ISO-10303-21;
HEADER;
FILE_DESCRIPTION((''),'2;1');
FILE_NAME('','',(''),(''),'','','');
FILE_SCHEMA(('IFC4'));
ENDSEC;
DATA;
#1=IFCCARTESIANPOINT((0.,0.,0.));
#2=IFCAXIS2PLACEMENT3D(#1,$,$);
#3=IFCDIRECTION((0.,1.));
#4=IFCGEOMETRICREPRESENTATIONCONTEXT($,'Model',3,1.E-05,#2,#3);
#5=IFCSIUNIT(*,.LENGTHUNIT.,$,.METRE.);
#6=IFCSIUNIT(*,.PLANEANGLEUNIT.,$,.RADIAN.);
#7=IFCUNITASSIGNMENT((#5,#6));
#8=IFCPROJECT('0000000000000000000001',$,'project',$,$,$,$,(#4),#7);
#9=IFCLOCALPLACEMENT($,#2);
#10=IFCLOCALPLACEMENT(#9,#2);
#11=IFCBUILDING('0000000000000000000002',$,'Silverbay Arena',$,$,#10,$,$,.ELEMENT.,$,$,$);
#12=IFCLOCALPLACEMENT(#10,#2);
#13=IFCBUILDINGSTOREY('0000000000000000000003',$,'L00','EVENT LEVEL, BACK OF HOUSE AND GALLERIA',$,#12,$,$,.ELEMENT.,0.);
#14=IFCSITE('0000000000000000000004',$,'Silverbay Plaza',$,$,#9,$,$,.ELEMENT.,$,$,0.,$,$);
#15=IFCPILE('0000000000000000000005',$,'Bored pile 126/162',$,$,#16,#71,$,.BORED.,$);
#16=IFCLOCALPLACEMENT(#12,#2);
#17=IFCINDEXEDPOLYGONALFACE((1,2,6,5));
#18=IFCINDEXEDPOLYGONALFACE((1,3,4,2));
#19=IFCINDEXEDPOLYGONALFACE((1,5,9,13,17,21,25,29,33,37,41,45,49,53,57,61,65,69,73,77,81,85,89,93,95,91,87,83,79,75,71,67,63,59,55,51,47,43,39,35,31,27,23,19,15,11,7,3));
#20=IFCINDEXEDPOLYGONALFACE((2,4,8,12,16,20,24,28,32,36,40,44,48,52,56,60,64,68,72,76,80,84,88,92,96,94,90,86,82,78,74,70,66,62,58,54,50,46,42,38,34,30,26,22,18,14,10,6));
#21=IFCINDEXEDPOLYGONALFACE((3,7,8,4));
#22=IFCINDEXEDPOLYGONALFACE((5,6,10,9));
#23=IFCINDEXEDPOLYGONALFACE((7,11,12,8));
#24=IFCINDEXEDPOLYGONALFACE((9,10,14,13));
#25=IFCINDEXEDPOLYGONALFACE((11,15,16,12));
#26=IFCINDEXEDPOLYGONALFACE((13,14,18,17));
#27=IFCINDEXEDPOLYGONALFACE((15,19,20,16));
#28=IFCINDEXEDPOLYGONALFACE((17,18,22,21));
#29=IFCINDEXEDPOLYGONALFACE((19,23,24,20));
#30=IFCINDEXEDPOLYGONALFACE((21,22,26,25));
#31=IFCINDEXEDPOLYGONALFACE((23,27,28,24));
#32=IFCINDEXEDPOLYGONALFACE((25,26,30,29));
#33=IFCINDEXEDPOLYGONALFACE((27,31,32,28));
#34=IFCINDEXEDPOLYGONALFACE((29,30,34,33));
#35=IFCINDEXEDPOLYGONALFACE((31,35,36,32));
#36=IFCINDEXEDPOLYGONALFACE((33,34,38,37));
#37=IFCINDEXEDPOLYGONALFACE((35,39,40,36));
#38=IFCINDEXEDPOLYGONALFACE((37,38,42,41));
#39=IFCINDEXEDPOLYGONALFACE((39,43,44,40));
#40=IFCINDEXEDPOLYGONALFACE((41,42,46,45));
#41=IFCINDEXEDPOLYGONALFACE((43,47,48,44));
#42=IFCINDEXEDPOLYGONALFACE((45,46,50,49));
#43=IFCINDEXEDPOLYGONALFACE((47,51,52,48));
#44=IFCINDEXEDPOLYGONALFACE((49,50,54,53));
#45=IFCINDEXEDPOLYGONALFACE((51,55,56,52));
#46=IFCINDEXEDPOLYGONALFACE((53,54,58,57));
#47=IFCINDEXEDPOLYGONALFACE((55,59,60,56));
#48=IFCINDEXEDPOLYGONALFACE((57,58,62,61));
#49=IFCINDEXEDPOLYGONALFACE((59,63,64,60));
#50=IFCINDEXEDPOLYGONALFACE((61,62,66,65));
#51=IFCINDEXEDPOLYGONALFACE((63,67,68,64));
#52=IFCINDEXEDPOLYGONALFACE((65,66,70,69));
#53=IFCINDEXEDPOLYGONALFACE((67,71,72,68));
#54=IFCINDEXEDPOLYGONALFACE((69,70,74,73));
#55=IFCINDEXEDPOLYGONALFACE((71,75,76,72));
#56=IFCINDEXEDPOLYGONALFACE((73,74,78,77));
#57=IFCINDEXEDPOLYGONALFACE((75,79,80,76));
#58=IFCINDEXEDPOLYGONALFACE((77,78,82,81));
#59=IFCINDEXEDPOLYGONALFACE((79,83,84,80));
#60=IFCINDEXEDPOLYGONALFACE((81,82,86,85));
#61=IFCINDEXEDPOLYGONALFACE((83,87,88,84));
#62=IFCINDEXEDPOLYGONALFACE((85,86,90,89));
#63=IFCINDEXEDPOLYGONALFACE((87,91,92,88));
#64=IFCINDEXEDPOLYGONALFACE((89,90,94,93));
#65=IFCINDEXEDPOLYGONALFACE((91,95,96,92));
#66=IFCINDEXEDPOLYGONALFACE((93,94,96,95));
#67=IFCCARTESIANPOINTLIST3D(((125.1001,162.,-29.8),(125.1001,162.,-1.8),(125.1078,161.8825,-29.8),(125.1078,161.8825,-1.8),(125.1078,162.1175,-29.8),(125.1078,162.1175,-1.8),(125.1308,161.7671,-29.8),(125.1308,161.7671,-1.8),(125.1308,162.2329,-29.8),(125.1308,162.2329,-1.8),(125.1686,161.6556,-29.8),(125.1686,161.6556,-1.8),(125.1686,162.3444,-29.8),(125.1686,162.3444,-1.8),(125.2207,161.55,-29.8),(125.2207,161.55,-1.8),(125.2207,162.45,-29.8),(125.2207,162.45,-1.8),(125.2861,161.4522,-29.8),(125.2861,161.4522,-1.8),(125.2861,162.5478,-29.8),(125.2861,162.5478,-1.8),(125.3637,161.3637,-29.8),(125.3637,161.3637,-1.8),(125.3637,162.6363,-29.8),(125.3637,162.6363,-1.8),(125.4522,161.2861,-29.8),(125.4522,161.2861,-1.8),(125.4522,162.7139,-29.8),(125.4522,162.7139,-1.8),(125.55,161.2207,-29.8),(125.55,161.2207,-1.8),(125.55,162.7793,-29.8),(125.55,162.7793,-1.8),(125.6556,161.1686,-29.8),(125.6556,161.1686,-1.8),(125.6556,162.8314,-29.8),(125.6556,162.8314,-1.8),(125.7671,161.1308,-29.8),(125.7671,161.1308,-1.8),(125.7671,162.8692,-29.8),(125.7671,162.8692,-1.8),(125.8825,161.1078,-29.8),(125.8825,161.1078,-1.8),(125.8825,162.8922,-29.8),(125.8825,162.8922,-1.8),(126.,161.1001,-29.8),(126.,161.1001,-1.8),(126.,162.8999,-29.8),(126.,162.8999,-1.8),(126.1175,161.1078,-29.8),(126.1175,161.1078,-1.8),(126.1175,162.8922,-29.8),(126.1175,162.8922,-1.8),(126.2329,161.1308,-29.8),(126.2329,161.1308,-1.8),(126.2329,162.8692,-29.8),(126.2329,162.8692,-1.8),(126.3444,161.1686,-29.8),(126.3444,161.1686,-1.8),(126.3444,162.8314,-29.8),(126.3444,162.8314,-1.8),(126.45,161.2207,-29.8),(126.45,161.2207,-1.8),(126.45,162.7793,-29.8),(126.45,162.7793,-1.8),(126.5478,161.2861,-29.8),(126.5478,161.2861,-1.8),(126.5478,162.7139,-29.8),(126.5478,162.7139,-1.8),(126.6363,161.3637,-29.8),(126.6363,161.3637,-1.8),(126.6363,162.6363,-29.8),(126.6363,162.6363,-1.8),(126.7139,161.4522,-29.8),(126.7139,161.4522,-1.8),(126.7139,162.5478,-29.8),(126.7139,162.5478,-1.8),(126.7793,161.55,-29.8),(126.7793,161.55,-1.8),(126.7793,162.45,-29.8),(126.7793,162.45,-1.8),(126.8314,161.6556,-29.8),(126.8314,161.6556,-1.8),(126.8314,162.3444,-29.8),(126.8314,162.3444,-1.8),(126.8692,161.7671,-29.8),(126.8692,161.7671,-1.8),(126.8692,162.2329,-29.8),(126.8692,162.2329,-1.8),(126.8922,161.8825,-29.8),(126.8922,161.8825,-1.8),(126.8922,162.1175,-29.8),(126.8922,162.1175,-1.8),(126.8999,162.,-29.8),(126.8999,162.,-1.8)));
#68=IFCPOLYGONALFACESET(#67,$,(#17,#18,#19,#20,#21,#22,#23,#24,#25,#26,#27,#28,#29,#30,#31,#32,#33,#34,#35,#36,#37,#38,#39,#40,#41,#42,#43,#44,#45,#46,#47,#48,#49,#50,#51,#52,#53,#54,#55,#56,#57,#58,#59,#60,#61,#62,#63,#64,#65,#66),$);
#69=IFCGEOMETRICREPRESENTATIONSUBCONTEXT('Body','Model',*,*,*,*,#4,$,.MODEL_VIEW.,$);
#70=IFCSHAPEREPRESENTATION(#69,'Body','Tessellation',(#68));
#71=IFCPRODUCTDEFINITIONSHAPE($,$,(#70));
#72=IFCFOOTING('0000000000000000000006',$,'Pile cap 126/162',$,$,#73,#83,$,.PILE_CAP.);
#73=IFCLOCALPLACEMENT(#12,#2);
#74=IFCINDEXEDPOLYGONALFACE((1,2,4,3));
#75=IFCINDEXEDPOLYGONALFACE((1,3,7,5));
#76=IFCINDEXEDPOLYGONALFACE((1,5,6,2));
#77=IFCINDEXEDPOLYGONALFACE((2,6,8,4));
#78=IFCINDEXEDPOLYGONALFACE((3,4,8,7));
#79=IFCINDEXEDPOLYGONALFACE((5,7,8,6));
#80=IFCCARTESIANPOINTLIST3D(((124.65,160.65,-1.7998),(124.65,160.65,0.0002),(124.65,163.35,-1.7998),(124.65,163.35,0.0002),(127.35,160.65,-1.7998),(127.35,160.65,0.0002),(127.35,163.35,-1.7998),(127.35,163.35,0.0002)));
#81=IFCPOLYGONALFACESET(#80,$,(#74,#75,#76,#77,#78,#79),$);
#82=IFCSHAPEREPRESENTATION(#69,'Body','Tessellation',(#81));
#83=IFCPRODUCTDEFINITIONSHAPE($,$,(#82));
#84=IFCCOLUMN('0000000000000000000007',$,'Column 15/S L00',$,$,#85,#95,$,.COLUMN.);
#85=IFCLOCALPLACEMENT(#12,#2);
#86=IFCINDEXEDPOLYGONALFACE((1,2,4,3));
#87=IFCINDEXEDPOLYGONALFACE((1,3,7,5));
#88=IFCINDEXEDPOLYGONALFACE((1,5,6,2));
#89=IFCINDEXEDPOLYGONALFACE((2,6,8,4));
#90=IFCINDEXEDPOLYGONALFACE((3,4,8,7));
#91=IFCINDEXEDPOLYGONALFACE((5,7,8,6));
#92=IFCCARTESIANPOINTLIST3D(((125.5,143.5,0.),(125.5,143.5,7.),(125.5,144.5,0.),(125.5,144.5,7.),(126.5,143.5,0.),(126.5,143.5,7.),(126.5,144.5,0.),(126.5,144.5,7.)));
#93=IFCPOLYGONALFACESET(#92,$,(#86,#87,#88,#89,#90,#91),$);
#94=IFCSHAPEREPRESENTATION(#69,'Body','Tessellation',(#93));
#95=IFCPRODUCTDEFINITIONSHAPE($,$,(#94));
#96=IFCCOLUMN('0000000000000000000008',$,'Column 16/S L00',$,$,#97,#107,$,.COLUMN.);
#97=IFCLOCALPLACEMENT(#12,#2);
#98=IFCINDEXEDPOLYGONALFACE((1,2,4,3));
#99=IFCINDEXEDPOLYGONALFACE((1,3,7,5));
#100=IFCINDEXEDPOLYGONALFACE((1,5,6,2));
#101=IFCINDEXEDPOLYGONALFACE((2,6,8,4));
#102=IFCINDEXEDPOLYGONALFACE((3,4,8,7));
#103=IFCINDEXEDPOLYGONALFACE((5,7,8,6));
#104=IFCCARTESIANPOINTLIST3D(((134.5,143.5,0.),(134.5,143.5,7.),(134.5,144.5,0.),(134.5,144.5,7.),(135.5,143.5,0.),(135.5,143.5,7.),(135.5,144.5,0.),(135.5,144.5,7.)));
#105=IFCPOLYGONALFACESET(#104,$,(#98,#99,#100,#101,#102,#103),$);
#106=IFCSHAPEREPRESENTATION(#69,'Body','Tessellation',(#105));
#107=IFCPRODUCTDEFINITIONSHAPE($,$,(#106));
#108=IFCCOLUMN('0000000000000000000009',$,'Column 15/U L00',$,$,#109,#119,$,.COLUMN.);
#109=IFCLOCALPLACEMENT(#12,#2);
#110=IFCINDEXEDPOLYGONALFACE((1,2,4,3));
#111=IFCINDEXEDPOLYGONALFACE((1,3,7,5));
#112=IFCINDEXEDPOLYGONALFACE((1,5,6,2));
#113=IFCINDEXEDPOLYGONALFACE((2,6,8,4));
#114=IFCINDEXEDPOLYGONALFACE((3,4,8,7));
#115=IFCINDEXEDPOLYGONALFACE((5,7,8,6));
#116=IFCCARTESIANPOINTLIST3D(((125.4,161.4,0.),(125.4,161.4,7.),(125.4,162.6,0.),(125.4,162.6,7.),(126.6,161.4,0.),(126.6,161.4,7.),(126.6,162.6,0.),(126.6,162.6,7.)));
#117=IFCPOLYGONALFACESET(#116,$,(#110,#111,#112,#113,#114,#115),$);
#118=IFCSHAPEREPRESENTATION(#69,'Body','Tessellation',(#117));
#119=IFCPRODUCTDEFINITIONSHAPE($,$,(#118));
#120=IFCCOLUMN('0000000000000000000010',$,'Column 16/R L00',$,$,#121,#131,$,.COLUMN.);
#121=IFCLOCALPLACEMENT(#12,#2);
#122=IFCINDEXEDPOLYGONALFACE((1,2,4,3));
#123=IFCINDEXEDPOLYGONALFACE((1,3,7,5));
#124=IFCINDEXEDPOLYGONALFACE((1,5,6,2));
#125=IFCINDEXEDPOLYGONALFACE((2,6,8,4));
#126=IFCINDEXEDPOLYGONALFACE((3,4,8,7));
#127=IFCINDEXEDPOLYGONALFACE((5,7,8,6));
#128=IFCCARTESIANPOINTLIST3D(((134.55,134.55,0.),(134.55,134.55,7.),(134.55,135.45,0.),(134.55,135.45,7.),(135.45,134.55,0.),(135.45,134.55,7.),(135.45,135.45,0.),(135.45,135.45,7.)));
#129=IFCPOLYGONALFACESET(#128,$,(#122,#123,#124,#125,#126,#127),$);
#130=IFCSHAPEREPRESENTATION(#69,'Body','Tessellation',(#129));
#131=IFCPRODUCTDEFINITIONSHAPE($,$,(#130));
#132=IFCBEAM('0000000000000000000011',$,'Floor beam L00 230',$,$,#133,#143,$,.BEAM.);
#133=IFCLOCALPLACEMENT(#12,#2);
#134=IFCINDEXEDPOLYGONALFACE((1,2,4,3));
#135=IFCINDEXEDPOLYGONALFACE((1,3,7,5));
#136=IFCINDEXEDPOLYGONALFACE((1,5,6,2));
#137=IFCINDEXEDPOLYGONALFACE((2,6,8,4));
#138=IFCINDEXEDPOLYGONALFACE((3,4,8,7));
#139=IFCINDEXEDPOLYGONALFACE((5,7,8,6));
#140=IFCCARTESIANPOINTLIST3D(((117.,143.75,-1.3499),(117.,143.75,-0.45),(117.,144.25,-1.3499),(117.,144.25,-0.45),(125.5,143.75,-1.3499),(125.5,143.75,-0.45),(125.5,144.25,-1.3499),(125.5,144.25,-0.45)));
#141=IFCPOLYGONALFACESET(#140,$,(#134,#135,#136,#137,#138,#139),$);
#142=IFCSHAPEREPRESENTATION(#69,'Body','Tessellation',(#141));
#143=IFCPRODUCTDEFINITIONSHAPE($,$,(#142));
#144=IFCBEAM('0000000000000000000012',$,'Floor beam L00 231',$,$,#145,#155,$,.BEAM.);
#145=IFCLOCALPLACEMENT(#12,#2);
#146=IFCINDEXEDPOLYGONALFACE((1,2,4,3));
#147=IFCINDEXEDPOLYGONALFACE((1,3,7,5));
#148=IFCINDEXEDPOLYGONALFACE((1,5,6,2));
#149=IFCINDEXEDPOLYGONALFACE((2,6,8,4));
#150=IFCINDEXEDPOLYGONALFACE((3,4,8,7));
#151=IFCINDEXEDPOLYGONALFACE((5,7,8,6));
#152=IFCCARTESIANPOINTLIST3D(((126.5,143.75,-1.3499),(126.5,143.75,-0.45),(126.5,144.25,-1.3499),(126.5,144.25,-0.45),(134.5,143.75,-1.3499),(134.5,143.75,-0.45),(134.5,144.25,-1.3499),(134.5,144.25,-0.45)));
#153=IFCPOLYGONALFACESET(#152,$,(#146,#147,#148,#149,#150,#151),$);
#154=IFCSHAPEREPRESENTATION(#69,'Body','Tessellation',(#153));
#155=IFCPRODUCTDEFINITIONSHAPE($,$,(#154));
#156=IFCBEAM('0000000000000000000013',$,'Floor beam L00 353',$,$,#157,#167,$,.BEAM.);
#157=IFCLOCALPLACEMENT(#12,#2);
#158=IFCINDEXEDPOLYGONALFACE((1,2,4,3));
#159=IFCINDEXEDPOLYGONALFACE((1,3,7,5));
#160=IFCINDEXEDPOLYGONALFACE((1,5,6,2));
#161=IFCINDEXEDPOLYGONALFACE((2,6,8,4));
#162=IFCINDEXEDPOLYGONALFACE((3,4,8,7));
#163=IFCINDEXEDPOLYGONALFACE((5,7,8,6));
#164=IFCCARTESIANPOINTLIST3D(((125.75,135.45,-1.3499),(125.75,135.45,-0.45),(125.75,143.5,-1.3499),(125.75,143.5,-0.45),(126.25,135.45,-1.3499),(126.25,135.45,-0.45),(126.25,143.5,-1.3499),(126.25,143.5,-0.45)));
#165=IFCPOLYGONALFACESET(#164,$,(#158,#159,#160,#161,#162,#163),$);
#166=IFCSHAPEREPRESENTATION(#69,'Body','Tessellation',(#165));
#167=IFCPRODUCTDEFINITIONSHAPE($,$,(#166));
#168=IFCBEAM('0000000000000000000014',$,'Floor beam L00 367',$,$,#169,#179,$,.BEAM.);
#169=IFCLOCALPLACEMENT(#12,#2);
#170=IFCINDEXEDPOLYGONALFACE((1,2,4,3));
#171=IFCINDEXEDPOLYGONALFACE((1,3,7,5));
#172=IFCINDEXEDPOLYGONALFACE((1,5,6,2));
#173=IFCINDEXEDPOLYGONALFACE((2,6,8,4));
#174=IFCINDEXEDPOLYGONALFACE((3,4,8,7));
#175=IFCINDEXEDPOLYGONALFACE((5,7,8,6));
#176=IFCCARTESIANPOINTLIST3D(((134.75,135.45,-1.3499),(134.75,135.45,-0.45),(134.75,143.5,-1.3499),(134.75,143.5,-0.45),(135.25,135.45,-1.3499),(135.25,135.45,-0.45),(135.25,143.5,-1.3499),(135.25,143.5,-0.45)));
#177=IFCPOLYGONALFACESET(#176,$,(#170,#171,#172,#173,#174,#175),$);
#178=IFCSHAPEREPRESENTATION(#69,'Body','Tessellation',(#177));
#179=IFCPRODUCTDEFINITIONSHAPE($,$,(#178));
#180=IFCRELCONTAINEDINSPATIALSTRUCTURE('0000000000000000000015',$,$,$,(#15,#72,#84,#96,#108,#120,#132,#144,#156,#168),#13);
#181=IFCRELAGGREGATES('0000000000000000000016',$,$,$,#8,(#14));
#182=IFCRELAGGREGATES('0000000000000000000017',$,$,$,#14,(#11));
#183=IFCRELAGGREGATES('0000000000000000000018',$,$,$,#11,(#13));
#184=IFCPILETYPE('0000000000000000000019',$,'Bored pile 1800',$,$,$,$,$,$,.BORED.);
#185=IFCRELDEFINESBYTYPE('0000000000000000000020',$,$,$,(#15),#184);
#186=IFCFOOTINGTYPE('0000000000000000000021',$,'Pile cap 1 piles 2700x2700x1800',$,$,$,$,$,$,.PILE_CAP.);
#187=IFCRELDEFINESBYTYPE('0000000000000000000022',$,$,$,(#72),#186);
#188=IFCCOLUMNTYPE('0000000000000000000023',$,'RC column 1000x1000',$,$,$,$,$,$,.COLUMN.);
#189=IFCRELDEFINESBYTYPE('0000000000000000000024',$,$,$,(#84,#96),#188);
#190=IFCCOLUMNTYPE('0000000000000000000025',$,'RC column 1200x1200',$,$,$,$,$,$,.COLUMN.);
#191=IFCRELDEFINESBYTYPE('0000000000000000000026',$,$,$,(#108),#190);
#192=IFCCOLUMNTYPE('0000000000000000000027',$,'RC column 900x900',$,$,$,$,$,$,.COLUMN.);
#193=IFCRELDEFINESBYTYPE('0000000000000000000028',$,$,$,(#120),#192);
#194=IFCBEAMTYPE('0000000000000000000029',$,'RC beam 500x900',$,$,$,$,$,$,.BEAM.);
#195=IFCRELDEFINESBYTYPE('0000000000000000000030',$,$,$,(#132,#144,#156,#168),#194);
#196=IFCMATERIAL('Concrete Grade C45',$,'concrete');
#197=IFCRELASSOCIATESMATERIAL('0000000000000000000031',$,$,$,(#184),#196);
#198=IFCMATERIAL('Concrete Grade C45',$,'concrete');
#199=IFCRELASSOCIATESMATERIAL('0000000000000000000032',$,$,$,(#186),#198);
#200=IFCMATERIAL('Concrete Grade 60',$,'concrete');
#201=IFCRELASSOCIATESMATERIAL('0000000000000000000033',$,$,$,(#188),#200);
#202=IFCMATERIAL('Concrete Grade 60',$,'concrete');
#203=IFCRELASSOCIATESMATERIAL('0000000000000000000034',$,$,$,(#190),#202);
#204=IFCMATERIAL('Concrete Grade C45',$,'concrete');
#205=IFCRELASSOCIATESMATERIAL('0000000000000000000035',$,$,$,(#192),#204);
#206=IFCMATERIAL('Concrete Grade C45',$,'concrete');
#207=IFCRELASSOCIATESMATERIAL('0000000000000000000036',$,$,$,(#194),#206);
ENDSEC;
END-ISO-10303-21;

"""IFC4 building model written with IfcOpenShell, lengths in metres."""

from ifc_helpers import new_model, si_unit, direction, frame, origin, origin_2d, place, context, subcontext, project, spatial, rectangle, circle, extrude, material, material_profile, profile_set, type_object, element, save


model = new_model("IFC4")

# Units and contexts
model_context = context("Model", 3, precision=1e-05, world=origin(), true_north=direction((0.0, 1.0)))
body_context = subcontext(model_context, "Body", "Model", "MODEL_VIEW")
ifc_project = project(units=[si_unit("LENGTHUNIT", "METRE"), si_unit("PLANEANGLEUNIT", "RADIAN")], contexts=[model_context])

# Site, building, storey
site_placement = place(None, origin())
site = spatial("IfcSite", under=ifc_project, at=site_placement, Name="Silverbay Plaza", CompositionType="ELEMENT", RefElevation=0.0)
building_placement = place(site_placement, origin())
building = spatial("IfcBuilding", under=site, at=building_placement, Name="Silverbay Arena", CompositionType="ELEMENT")
storey_placement = place(building_placement, origin())
storey = spatial("IfcBuildingStorey", under=building, at=storey_placement, Name="L00", Description="EVENT LEVEL, BACK OF HOUSE AND GALLERIA", CompositionType="ELEMENT", Elevation=0.0)

# Pile
ifc_material_1 = material(Name="Concrete Grade C45", Category="concrete")
ifc_material_profile_1 = material_profile(ifc_material_1, circle(Radius=0.8999, at=origin_2d()), Name="Bored pile 1800")
ifc_profile_set_1 = profile_set([ifc_material_profile_1], Name="Concrete Grade C45")
pile_type = type_object("IfcPileType", Name="Bored pile 1800", PredefinedType="BORED", material=ifc_profile_set_1)
pile_placement = place(storey_placement, frame((126.0, 162.0, -1.8), z_axis=(0.0, 0.0, -1.0), x_axis=(1.0, 0.0, 0.0)))
element("IfcPile", 1, at=pile_placement, inside=storey, type_object=pile_type, Name="Bored pile 126/162", PredefinedType="BORED", context=body_context, shape_type="SweptSolid", body=[
    extrude(circle(Radius=0.8999, at=origin_2d()), origin(), (0.0, 0.0, 1.0), 28.0),
])

# Footing
ifc_material_2 = material(Name="Concrete Grade C45", Category="concrete")
footing_type = type_object("IfcFootingType", Name="Pile cap 1 piles 2700x2700x1800", PredefinedType="PILE_CAP", material=ifc_material_2)
footing_placement = place(storey_placement, frame((126.0, 162.0, -1.7998), z_axis=(0.0, 0.0, 1.0), x_axis=(1.0, 0.0, 0.0)))
element("IfcFooting", 2, at=footing_placement, inside=storey, type_object=footing_type, Name="Pile cap 126/162", PredefinedType="PILE_CAP", context=body_context, shape_type="SweptSolid", body=[
    extrude(rectangle(XDim=2.7, YDim=2.7, at=origin_2d()), origin(), (0.0, 0.0, 1.0), 1.8),
])

# Columns
ifc_material_3 = material(Name="Concrete Grade 60", Category="concrete")
ifc_material_profile_2 = material_profile(ifc_material_3, rectangle(XDim=1.0, YDim=1.0, at=origin_2d()), Name="RC 1000x1000")
ifc_profile_set_2 = profile_set([ifc_material_profile_2], Name="Concrete Grade 60")
column_type_1 = type_object("IfcColumnType", Name="RC column 1000x1000", PredefinedType="COLUMN", material=ifc_profile_set_2)
for number, where, z_axis, x_axis, name in (
    (3, (126.0, 144.0, 0.0), (0.0, 0.0, 1.0), (1.0, 0.0, 0.0), "Column 15/S L00"),
    (4, (135.0, 144.0, 0.0), (0.0, 0.0, 1.0), (1.0, 0.0, 0.0), "Column 16/S L00"),
):
    element("IfcColumn", number, at=place(storey_placement, frame(where, z_axis=z_axis, x_axis=x_axis)), inside=storey, type_object=column_type_1, Name=name, PredefinedType="COLUMN", context=body_context, shape_type="SweptSolid", body=[
        extrude(rectangle(XDim=1.0, YDim=1.0, at=origin_2d()), origin(), (0.0, 0.0, 1.0), 7.0),
    ])
ifc_material_4 = material(Name="Concrete Grade 60", Category="concrete")
ifc_material_profile_3 = material_profile(ifc_material_4, rectangle(XDim=1.2, YDim=1.2, at=origin_2d()), Name="RC 1200x1200")
ifc_profile_set_3 = profile_set([ifc_material_profile_3], Name="Concrete Grade 60")
column_type_2 = type_object("IfcColumnType", Name="RC column 1200x1200", PredefinedType="COLUMN", material=ifc_profile_set_3)
column_1_placement = place(storey_placement, frame((126.0, 162.0, 0.0), z_axis=(0.0, 0.0, 1.0), x_axis=(1.0, 0.0, 0.0)))
element("IfcColumn", 5, at=column_1_placement, inside=storey, type_object=column_type_2, Name="Column 15/U L00", PredefinedType="COLUMN", context=body_context, shape_type="SweptSolid", body=[
    extrude(rectangle(XDim=1.2, YDim=1.2, at=origin_2d()), origin(), (0.0, 0.0, 1.0), 7.0),
])
ifc_material_5 = material(Name="Concrete Grade C45", Category="concrete")
ifc_material_profile_4 = material_profile(ifc_material_5, rectangle(XDim=0.8999, YDim=0.8999, at=origin_2d()), Name="RC 900x900")
ifc_profile_set_4 = profile_set([ifc_material_profile_4], Name="Concrete Grade C45")
column_type_3 = type_object("IfcColumnType", Name="RC column 900x900", PredefinedType="COLUMN", material=ifc_profile_set_4)
column_2_placement = place(storey_placement, frame((135.0, 135.0, 0.0), z_axis=(0.0, 0.0, 1.0), x_axis=(1.0, 0.0, 0.0)))
element("IfcColumn", 6, at=column_2_placement, inside=storey, type_object=column_type_3, Name="Column 16/R L00", PredefinedType="COLUMN", context=body_context, shape_type="SweptSolid", body=[
    extrude(rectangle(XDim=0.8999, YDim=0.8999, at=origin_2d()), origin(), (0.0, 0.0, 1.0), 7.0),
])

# Beams
ifc_material_6 = material(Name="Concrete Grade C45", Category="concrete")
ifc_material_profile_5 = material_profile(ifc_material_6, rectangle(XDim=0.5, YDim=0.8999, at=origin_2d()), Name="RC 500x900")
ifc_profile_set_5 = profile_set([ifc_material_profile_5], Name="Concrete Grade C45")
beam_type = type_object("IfcBeamType", Name="RC beam 500x900", PredefinedType="BEAM", material=ifc_profile_set_5)
beam_1_placement = place(storey_placement, frame((117.0, 144.0, -0.8999), z_axis=(1.0, 0.0, 0.0), x_axis=(0.0, 1.0, 0.0)))
element("IfcBeam", 7, at=beam_1_placement, inside=storey, type_object=beam_type, Name="Floor beam L00 230", PredefinedType="BEAM", context=body_context, shape_type="SweptSolid", body=[
    extrude(rectangle(XDim=0.5, YDim=0.8999, at=origin_2d()), origin(), (0.0, 0.0, 1.0), 8.5),
])
beam_2_placement = place(storey_placement, frame((126.5, 144.0, -0.8999), z_axis=(1.0, 0.0, 0.0), x_axis=(0.0, 1.0, 0.0)))
element("IfcBeam", 8, at=beam_2_placement, inside=storey, type_object=beam_type, Name="Floor beam L00 231", PredefinedType="BEAM", context=body_context, shape_type="SweptSolid", body=[
    extrude(rectangle(XDim=0.5, YDim=0.8999, at=origin_2d()), origin(), (0.0, 0.0, 1.0), 8.0),
])
for number, where, z_axis, x_axis, name in (
    (9, (126.0, 135.45, -0.8999), (0.0, 1.0, 0.0), (-1.0, 0.0, 0.0), "Floor beam L00 353"),
    (10, (135.0, 135.45, -0.8999), (0.0, 1.0, 0.0), (-1.0, 0.0, 0.0), "Floor beam L00 367"),
):
    element("IfcBeam", number, at=place(storey_placement, frame(where, z_axis=z_axis, x_axis=x_axis)), inside=storey, type_object=beam_type, Name=name, PredefinedType="BEAM", context=body_context, shape_type="SweptSolid", body=[
        extrude(rectangle(XDim=0.5, YDim=0.8999, at=origin_2d()), origin(), (0.0, 0.0, 1.0), 8.05),
    ])

save(model, "model.ifc")
